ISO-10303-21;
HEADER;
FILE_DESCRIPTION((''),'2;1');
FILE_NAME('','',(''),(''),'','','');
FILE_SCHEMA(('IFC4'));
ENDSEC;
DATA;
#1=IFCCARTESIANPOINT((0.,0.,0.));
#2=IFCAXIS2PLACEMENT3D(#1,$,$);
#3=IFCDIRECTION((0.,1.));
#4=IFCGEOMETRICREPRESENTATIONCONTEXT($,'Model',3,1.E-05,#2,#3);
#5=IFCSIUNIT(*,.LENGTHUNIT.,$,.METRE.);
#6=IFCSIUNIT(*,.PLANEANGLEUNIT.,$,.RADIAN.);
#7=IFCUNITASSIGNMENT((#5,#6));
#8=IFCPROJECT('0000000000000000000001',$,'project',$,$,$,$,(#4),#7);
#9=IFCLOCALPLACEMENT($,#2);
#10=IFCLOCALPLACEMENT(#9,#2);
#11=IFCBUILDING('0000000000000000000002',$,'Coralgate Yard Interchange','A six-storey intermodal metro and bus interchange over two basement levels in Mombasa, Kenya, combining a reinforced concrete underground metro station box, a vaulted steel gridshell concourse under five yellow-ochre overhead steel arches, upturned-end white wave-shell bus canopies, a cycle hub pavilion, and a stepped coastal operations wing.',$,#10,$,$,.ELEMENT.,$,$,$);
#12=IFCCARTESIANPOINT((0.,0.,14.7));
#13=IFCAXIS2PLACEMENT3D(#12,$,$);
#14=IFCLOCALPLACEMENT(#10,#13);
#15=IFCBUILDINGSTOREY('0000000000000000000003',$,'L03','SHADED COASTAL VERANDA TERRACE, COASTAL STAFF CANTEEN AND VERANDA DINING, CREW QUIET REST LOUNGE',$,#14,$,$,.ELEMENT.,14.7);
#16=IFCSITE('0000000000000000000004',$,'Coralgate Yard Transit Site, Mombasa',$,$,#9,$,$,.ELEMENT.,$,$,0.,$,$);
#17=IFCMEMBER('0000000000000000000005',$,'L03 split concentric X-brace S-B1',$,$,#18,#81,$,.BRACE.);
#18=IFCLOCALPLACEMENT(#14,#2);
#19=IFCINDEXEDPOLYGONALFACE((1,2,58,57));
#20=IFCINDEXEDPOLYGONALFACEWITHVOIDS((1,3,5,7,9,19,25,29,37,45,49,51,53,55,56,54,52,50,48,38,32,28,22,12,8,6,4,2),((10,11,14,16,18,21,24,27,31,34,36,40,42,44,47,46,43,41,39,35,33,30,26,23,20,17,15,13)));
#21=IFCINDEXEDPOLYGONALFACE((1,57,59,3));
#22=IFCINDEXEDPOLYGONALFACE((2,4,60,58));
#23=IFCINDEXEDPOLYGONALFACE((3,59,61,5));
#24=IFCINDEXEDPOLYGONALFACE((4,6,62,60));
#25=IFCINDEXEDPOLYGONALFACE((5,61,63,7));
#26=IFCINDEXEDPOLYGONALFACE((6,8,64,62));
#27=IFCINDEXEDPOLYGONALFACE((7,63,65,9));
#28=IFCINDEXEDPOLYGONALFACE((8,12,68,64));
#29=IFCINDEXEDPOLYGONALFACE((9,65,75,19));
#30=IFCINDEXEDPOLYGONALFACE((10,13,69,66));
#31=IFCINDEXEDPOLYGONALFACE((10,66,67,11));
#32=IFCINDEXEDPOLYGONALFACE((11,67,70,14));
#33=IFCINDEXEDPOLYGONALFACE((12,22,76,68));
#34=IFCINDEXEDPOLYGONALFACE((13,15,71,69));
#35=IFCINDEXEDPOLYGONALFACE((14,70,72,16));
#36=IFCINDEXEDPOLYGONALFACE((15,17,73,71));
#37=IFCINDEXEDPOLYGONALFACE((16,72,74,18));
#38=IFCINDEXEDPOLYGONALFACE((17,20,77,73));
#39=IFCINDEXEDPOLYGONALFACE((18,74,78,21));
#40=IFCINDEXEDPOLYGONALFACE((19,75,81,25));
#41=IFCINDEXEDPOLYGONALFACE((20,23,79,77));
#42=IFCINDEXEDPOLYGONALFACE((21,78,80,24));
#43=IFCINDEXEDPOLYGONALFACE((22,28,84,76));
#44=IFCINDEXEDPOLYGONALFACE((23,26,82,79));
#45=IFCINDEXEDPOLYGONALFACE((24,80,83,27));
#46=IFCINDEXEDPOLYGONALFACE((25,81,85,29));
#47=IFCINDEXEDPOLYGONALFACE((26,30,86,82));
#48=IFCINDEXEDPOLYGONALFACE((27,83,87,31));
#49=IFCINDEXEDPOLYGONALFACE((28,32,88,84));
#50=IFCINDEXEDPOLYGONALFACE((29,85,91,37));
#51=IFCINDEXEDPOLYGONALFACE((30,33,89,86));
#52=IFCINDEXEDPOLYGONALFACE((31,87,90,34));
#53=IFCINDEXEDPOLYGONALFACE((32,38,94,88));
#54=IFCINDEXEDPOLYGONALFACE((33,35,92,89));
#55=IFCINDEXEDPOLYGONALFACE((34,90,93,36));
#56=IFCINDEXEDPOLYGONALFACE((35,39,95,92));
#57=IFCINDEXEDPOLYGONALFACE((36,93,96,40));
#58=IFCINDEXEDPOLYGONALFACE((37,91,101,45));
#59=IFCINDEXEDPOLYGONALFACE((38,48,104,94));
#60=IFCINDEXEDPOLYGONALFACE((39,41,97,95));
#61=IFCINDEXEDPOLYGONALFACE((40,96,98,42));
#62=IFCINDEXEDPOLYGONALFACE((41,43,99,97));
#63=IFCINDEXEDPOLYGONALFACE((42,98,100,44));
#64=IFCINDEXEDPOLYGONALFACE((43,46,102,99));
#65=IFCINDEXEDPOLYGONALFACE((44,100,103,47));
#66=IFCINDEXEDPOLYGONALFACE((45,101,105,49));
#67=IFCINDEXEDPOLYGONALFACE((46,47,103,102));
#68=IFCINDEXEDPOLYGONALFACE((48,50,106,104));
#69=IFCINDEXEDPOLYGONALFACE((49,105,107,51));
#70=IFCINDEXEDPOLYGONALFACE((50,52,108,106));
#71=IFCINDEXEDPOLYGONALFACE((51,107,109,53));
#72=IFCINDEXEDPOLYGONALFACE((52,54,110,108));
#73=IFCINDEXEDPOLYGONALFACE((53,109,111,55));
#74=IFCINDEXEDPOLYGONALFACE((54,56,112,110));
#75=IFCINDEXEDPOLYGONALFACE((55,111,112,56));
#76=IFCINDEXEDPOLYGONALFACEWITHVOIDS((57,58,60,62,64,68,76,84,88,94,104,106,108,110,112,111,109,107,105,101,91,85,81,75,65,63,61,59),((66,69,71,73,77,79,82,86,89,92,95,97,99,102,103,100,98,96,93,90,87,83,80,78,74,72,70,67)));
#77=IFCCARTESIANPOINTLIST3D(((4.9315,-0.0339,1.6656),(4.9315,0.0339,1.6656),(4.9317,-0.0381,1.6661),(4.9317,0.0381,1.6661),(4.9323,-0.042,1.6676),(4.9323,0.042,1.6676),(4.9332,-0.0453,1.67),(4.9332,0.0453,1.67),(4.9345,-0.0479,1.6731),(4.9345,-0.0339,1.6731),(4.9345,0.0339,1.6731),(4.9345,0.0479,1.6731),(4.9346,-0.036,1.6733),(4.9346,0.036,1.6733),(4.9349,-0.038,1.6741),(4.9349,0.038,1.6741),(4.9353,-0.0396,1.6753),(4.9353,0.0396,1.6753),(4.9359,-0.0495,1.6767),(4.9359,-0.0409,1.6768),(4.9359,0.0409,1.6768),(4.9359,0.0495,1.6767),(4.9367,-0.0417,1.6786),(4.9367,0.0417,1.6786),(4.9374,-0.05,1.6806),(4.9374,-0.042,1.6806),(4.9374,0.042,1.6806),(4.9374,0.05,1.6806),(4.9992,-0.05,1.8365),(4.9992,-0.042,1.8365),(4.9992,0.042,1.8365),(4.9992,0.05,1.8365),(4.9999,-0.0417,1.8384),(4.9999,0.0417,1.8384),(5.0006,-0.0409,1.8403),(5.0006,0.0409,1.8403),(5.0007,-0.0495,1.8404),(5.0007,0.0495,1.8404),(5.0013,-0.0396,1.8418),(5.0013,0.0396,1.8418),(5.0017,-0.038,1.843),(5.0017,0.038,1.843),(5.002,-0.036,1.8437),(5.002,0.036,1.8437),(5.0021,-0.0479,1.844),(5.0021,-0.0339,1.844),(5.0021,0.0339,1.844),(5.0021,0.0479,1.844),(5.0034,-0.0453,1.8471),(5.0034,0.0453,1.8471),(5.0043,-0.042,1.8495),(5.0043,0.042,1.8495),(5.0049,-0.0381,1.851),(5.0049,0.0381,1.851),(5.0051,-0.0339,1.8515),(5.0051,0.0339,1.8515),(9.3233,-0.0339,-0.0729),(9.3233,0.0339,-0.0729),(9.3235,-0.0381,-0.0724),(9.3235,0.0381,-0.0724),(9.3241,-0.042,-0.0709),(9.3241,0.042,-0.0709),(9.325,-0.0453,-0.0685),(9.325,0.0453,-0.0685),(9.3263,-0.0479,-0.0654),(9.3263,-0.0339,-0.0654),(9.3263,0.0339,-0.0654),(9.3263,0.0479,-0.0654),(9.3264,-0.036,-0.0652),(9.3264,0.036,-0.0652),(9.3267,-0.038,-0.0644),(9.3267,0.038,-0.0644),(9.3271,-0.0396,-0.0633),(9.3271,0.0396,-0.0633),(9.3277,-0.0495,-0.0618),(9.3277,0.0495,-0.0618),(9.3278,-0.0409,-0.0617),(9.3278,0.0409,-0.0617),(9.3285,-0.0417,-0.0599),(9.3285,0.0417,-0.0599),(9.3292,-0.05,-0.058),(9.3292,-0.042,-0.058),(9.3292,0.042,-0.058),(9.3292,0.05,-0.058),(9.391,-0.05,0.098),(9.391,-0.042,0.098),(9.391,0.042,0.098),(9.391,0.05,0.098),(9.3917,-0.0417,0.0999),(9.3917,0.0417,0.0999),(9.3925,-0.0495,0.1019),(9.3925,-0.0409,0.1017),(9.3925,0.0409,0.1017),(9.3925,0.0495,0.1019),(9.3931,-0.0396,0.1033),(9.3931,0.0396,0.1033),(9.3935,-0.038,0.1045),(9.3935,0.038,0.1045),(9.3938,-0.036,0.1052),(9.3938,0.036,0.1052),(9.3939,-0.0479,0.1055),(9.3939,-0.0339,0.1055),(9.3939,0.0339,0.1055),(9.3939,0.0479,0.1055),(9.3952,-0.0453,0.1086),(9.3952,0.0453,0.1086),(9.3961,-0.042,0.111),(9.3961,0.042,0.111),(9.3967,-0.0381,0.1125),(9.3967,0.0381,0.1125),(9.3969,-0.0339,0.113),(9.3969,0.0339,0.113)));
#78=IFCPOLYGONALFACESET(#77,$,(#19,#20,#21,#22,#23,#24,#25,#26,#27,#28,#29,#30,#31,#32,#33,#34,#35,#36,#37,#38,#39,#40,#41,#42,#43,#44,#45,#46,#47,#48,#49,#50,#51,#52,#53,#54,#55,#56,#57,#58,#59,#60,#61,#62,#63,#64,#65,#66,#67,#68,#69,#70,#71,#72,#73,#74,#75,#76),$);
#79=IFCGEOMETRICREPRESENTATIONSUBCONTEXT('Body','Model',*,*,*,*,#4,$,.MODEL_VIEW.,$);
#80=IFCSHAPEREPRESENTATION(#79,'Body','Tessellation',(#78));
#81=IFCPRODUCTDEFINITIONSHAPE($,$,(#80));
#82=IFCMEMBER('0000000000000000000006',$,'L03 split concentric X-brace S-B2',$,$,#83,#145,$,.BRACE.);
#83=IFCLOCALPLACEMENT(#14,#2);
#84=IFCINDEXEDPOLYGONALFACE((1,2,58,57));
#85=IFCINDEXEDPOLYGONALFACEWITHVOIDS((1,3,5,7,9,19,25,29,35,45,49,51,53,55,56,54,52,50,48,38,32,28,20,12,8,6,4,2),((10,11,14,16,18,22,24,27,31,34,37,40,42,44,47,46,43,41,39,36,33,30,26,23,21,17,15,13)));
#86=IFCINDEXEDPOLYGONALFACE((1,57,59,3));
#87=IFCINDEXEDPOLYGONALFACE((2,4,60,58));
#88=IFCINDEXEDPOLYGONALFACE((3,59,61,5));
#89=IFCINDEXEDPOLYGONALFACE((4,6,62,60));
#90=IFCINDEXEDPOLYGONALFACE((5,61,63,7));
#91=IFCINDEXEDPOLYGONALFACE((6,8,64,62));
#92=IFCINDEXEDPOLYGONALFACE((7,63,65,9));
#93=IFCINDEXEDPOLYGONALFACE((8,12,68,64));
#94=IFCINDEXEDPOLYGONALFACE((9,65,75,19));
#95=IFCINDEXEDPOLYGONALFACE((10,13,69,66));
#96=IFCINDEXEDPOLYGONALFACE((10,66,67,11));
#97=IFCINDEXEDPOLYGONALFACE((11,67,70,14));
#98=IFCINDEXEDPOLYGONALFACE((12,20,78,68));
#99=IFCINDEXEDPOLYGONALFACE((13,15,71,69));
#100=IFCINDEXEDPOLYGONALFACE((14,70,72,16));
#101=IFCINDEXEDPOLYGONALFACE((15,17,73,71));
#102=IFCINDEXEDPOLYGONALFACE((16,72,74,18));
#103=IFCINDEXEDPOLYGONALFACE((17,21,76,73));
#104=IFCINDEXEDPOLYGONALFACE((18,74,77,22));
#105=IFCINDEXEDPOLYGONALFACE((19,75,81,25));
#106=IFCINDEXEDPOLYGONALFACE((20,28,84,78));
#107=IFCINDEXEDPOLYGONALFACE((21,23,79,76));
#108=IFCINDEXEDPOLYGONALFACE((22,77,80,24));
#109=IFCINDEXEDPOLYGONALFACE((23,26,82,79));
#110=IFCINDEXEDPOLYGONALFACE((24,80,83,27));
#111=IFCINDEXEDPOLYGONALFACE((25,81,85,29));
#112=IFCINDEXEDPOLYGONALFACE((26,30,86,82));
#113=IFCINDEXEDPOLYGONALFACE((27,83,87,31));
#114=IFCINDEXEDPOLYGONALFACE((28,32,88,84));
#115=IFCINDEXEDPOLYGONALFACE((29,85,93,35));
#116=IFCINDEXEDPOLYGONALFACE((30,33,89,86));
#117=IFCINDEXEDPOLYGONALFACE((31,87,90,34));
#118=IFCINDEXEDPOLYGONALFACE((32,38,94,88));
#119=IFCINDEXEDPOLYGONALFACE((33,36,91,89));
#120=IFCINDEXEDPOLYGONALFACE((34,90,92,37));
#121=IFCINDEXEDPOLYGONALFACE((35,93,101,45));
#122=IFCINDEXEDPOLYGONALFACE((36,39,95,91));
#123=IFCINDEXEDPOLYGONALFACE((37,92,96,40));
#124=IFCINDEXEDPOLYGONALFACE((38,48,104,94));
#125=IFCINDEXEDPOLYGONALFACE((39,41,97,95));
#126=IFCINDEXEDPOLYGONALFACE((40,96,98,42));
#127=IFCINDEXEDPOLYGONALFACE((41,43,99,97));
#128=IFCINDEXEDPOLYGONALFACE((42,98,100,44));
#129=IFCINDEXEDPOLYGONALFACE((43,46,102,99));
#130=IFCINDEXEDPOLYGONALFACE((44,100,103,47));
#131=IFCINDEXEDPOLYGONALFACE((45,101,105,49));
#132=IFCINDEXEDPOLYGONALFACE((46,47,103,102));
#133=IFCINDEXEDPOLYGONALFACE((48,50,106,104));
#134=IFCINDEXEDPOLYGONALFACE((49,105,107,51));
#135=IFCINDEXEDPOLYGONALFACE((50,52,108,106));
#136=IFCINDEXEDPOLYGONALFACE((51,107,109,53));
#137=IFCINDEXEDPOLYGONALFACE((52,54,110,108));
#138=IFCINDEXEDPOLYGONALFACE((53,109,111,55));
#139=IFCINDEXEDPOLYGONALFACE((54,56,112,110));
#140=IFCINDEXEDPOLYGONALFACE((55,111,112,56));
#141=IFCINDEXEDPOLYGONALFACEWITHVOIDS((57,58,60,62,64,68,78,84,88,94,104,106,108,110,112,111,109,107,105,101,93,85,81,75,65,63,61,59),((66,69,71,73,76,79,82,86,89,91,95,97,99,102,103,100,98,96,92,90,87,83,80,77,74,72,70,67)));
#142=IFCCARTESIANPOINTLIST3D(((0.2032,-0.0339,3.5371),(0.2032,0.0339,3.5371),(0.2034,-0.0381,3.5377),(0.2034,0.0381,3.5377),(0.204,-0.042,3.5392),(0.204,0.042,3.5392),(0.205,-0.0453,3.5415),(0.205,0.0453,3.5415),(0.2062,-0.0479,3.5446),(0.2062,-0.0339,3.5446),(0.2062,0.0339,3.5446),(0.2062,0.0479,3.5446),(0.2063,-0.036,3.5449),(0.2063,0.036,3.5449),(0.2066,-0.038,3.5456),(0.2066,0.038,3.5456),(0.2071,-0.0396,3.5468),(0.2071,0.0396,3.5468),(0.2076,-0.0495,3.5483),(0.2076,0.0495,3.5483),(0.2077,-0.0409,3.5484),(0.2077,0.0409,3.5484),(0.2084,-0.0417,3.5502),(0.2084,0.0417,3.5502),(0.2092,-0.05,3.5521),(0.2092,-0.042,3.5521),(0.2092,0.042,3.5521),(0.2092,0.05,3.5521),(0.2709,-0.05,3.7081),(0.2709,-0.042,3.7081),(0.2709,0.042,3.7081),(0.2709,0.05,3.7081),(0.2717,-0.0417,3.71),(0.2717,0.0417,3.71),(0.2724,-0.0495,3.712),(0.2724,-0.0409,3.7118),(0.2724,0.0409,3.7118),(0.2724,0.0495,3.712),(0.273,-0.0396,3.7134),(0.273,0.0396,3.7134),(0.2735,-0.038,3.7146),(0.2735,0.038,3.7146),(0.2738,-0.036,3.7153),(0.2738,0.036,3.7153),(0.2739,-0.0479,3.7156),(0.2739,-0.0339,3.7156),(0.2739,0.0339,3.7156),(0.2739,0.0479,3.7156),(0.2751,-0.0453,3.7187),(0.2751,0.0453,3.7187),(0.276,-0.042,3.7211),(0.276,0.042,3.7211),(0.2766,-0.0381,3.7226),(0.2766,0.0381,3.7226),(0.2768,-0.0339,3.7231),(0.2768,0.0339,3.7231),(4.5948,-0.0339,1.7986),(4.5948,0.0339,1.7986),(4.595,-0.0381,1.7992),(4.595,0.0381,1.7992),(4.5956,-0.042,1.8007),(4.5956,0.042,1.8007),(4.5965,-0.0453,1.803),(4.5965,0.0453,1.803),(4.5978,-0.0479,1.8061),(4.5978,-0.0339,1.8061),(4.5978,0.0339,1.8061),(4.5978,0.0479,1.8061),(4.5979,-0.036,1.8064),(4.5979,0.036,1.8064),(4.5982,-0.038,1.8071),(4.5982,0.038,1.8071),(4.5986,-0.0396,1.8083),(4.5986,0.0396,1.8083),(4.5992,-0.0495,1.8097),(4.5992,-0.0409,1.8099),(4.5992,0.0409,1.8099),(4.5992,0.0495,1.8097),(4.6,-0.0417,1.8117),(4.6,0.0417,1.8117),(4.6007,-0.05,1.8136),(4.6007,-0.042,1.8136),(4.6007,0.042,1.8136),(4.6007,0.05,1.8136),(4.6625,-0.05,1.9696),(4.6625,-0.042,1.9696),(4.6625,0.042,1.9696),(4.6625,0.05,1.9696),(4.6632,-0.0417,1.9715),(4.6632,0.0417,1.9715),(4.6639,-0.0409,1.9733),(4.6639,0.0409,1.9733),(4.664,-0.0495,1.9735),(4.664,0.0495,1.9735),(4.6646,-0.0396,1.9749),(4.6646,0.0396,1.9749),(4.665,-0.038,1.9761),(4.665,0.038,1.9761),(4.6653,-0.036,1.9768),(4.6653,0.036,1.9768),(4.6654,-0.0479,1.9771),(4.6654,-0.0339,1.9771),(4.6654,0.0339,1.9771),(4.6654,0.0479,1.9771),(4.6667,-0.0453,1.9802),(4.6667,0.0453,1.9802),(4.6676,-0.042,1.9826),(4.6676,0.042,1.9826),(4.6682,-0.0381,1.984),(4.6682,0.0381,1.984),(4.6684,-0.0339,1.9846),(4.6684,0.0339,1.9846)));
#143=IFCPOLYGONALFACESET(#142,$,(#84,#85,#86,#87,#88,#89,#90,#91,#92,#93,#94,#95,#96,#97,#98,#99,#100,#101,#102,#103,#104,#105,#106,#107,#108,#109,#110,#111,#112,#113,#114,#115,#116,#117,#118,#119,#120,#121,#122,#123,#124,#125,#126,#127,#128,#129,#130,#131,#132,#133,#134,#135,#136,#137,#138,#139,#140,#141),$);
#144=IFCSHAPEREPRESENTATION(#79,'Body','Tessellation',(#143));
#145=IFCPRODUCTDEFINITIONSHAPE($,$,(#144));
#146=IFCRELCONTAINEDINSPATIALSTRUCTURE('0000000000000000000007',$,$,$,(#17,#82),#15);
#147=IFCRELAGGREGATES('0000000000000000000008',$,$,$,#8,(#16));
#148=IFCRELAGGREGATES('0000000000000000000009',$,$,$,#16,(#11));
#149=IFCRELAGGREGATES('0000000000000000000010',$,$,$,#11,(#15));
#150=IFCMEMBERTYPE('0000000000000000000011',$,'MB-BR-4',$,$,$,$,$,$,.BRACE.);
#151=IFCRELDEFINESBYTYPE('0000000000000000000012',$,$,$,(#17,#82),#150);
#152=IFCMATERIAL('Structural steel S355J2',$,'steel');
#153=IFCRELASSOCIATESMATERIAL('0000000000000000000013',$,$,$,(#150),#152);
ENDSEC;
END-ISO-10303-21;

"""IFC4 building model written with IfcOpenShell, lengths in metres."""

from ifc_helpers import new_model, si_unit, direction, frame, origin, origin_2d, place, context, subcontext, project, spatial, hollow_rectangle, extrude, material, material_profile, profile_set, type_object, element, save


model = new_model("IFC4")

# Units and contexts
model_context = context("Model", 3, precision=1e-05, world=origin(), true_north=direction((0.0, 1.0)))
body_context = subcontext(model_context, "Body", "Model", "MODEL_VIEW")
ifc_project = project(units=[si_unit("LENGTHUNIT", "METRE"), si_unit("PLANEANGLEUNIT", "RADIAN")], contexts=[model_context])

# Site, building, storey
site_placement = place(None, origin())
site = spatial("IfcSite", under=ifc_project, at=site_placement, Name="Coralgate Yard Transit Site, Mombasa", CompositionType="ELEMENT", RefElevation=0.0)
building_placement = place(site_placement, origin())
building = spatial("IfcBuilding", under=site, at=building_placement, Name="Coralgate Yard Interchange", Description="A six-storey intermodal metro and bus interchange over two basement levels in Mombasa, Kenya, combining a reinforced concrete underground metro station box, a vaulted steel gridshell concourse under five yellow-ochre overhead steel arches, upturned-end white wave-shell bus canopies, a cycle hub pavilion, and a stepped coastal operations wing.", CompositionType="ELEMENT")
storey_placement = place(building_placement, frame((0.0, 0.0, 14.7)))
storey = spatial("IfcBuildingStorey", under=building, at=storey_placement, Name="L03", Description="SHADED COASTAL VERANDA TERRACE, COASTAL STAFF CANTEEN AND VERANDA DINING, CREW QUIET REST LOUNGE", CompositionType="ELEMENT", Elevation=14.7)

# Shared definitions
ifc_material_1 = material(Name="Structural steel S355J2", Category="steel")

# Members
ifc_material_profile_1 = material_profile(ifc_material_1, hollow_rectangle(XDim=0.1001, YDim=0.2, WallThickness=0.0081, InnerFilletRadius=0.0081, OuterFilletRadius=0.0161, at=origin_2d()), Name="RHS 200x100x8")
ifc_profile_set_1 = profile_set([ifc_material_profile_1], Name="Structural steel S355J2")
member_type_1 = type_object("IfcMemberType", Name="MB-BR-4", PredefinedType="BRACE", material=ifc_profile_set_1)
member_1_placement = place(storey_placement, frame((9.3601, 0.0, 0.02), z_axis=(-0.9298, 0.0, 0.368064), x_axis=(0.0, -1.0, 0.0)))
element("IfcMember", 1, at=member_1_placement, inside=storey, type_object=member_type_1, Name="L03 split concentric X-brace S-B1", PredefinedType="BRACE", context=body_context, shape_type="SweptSolid", body=[
    extrude(hollow_rectangle(XDim=0.1001, YDim=0.2, WallThickness=0.0081, InnerFilletRadius=0.0081, OuterFilletRadius=0.0161, at=origin_2d()), origin(), (0.0, 0.0, 1.0), 4.7234),
])
member_2_placement = place(storey_placement, frame((4.6316, 0.0, 1.8916), z_axis=(-0.929793, 0.0, 0.368082), x_axis=(0.0, -1.0, 0.0)))
element("IfcMember", 2, at=member_2_placement, inside=storey, type_object=member_type_1, Name="L03 split concentric X-brace S-B2", PredefinedType="BRACE", context=body_context, shape_type="SweptSolid", body=[
    extrude(hollow_rectangle(XDim=0.1001, YDim=0.2, WallThickness=0.0081, InnerFilletRadius=0.0081, OuterFilletRadius=0.0161, at=origin_2d()), origin(), (0.0, 0.0, 1.0), 4.7231),
])

save(model, "model.ifc")
